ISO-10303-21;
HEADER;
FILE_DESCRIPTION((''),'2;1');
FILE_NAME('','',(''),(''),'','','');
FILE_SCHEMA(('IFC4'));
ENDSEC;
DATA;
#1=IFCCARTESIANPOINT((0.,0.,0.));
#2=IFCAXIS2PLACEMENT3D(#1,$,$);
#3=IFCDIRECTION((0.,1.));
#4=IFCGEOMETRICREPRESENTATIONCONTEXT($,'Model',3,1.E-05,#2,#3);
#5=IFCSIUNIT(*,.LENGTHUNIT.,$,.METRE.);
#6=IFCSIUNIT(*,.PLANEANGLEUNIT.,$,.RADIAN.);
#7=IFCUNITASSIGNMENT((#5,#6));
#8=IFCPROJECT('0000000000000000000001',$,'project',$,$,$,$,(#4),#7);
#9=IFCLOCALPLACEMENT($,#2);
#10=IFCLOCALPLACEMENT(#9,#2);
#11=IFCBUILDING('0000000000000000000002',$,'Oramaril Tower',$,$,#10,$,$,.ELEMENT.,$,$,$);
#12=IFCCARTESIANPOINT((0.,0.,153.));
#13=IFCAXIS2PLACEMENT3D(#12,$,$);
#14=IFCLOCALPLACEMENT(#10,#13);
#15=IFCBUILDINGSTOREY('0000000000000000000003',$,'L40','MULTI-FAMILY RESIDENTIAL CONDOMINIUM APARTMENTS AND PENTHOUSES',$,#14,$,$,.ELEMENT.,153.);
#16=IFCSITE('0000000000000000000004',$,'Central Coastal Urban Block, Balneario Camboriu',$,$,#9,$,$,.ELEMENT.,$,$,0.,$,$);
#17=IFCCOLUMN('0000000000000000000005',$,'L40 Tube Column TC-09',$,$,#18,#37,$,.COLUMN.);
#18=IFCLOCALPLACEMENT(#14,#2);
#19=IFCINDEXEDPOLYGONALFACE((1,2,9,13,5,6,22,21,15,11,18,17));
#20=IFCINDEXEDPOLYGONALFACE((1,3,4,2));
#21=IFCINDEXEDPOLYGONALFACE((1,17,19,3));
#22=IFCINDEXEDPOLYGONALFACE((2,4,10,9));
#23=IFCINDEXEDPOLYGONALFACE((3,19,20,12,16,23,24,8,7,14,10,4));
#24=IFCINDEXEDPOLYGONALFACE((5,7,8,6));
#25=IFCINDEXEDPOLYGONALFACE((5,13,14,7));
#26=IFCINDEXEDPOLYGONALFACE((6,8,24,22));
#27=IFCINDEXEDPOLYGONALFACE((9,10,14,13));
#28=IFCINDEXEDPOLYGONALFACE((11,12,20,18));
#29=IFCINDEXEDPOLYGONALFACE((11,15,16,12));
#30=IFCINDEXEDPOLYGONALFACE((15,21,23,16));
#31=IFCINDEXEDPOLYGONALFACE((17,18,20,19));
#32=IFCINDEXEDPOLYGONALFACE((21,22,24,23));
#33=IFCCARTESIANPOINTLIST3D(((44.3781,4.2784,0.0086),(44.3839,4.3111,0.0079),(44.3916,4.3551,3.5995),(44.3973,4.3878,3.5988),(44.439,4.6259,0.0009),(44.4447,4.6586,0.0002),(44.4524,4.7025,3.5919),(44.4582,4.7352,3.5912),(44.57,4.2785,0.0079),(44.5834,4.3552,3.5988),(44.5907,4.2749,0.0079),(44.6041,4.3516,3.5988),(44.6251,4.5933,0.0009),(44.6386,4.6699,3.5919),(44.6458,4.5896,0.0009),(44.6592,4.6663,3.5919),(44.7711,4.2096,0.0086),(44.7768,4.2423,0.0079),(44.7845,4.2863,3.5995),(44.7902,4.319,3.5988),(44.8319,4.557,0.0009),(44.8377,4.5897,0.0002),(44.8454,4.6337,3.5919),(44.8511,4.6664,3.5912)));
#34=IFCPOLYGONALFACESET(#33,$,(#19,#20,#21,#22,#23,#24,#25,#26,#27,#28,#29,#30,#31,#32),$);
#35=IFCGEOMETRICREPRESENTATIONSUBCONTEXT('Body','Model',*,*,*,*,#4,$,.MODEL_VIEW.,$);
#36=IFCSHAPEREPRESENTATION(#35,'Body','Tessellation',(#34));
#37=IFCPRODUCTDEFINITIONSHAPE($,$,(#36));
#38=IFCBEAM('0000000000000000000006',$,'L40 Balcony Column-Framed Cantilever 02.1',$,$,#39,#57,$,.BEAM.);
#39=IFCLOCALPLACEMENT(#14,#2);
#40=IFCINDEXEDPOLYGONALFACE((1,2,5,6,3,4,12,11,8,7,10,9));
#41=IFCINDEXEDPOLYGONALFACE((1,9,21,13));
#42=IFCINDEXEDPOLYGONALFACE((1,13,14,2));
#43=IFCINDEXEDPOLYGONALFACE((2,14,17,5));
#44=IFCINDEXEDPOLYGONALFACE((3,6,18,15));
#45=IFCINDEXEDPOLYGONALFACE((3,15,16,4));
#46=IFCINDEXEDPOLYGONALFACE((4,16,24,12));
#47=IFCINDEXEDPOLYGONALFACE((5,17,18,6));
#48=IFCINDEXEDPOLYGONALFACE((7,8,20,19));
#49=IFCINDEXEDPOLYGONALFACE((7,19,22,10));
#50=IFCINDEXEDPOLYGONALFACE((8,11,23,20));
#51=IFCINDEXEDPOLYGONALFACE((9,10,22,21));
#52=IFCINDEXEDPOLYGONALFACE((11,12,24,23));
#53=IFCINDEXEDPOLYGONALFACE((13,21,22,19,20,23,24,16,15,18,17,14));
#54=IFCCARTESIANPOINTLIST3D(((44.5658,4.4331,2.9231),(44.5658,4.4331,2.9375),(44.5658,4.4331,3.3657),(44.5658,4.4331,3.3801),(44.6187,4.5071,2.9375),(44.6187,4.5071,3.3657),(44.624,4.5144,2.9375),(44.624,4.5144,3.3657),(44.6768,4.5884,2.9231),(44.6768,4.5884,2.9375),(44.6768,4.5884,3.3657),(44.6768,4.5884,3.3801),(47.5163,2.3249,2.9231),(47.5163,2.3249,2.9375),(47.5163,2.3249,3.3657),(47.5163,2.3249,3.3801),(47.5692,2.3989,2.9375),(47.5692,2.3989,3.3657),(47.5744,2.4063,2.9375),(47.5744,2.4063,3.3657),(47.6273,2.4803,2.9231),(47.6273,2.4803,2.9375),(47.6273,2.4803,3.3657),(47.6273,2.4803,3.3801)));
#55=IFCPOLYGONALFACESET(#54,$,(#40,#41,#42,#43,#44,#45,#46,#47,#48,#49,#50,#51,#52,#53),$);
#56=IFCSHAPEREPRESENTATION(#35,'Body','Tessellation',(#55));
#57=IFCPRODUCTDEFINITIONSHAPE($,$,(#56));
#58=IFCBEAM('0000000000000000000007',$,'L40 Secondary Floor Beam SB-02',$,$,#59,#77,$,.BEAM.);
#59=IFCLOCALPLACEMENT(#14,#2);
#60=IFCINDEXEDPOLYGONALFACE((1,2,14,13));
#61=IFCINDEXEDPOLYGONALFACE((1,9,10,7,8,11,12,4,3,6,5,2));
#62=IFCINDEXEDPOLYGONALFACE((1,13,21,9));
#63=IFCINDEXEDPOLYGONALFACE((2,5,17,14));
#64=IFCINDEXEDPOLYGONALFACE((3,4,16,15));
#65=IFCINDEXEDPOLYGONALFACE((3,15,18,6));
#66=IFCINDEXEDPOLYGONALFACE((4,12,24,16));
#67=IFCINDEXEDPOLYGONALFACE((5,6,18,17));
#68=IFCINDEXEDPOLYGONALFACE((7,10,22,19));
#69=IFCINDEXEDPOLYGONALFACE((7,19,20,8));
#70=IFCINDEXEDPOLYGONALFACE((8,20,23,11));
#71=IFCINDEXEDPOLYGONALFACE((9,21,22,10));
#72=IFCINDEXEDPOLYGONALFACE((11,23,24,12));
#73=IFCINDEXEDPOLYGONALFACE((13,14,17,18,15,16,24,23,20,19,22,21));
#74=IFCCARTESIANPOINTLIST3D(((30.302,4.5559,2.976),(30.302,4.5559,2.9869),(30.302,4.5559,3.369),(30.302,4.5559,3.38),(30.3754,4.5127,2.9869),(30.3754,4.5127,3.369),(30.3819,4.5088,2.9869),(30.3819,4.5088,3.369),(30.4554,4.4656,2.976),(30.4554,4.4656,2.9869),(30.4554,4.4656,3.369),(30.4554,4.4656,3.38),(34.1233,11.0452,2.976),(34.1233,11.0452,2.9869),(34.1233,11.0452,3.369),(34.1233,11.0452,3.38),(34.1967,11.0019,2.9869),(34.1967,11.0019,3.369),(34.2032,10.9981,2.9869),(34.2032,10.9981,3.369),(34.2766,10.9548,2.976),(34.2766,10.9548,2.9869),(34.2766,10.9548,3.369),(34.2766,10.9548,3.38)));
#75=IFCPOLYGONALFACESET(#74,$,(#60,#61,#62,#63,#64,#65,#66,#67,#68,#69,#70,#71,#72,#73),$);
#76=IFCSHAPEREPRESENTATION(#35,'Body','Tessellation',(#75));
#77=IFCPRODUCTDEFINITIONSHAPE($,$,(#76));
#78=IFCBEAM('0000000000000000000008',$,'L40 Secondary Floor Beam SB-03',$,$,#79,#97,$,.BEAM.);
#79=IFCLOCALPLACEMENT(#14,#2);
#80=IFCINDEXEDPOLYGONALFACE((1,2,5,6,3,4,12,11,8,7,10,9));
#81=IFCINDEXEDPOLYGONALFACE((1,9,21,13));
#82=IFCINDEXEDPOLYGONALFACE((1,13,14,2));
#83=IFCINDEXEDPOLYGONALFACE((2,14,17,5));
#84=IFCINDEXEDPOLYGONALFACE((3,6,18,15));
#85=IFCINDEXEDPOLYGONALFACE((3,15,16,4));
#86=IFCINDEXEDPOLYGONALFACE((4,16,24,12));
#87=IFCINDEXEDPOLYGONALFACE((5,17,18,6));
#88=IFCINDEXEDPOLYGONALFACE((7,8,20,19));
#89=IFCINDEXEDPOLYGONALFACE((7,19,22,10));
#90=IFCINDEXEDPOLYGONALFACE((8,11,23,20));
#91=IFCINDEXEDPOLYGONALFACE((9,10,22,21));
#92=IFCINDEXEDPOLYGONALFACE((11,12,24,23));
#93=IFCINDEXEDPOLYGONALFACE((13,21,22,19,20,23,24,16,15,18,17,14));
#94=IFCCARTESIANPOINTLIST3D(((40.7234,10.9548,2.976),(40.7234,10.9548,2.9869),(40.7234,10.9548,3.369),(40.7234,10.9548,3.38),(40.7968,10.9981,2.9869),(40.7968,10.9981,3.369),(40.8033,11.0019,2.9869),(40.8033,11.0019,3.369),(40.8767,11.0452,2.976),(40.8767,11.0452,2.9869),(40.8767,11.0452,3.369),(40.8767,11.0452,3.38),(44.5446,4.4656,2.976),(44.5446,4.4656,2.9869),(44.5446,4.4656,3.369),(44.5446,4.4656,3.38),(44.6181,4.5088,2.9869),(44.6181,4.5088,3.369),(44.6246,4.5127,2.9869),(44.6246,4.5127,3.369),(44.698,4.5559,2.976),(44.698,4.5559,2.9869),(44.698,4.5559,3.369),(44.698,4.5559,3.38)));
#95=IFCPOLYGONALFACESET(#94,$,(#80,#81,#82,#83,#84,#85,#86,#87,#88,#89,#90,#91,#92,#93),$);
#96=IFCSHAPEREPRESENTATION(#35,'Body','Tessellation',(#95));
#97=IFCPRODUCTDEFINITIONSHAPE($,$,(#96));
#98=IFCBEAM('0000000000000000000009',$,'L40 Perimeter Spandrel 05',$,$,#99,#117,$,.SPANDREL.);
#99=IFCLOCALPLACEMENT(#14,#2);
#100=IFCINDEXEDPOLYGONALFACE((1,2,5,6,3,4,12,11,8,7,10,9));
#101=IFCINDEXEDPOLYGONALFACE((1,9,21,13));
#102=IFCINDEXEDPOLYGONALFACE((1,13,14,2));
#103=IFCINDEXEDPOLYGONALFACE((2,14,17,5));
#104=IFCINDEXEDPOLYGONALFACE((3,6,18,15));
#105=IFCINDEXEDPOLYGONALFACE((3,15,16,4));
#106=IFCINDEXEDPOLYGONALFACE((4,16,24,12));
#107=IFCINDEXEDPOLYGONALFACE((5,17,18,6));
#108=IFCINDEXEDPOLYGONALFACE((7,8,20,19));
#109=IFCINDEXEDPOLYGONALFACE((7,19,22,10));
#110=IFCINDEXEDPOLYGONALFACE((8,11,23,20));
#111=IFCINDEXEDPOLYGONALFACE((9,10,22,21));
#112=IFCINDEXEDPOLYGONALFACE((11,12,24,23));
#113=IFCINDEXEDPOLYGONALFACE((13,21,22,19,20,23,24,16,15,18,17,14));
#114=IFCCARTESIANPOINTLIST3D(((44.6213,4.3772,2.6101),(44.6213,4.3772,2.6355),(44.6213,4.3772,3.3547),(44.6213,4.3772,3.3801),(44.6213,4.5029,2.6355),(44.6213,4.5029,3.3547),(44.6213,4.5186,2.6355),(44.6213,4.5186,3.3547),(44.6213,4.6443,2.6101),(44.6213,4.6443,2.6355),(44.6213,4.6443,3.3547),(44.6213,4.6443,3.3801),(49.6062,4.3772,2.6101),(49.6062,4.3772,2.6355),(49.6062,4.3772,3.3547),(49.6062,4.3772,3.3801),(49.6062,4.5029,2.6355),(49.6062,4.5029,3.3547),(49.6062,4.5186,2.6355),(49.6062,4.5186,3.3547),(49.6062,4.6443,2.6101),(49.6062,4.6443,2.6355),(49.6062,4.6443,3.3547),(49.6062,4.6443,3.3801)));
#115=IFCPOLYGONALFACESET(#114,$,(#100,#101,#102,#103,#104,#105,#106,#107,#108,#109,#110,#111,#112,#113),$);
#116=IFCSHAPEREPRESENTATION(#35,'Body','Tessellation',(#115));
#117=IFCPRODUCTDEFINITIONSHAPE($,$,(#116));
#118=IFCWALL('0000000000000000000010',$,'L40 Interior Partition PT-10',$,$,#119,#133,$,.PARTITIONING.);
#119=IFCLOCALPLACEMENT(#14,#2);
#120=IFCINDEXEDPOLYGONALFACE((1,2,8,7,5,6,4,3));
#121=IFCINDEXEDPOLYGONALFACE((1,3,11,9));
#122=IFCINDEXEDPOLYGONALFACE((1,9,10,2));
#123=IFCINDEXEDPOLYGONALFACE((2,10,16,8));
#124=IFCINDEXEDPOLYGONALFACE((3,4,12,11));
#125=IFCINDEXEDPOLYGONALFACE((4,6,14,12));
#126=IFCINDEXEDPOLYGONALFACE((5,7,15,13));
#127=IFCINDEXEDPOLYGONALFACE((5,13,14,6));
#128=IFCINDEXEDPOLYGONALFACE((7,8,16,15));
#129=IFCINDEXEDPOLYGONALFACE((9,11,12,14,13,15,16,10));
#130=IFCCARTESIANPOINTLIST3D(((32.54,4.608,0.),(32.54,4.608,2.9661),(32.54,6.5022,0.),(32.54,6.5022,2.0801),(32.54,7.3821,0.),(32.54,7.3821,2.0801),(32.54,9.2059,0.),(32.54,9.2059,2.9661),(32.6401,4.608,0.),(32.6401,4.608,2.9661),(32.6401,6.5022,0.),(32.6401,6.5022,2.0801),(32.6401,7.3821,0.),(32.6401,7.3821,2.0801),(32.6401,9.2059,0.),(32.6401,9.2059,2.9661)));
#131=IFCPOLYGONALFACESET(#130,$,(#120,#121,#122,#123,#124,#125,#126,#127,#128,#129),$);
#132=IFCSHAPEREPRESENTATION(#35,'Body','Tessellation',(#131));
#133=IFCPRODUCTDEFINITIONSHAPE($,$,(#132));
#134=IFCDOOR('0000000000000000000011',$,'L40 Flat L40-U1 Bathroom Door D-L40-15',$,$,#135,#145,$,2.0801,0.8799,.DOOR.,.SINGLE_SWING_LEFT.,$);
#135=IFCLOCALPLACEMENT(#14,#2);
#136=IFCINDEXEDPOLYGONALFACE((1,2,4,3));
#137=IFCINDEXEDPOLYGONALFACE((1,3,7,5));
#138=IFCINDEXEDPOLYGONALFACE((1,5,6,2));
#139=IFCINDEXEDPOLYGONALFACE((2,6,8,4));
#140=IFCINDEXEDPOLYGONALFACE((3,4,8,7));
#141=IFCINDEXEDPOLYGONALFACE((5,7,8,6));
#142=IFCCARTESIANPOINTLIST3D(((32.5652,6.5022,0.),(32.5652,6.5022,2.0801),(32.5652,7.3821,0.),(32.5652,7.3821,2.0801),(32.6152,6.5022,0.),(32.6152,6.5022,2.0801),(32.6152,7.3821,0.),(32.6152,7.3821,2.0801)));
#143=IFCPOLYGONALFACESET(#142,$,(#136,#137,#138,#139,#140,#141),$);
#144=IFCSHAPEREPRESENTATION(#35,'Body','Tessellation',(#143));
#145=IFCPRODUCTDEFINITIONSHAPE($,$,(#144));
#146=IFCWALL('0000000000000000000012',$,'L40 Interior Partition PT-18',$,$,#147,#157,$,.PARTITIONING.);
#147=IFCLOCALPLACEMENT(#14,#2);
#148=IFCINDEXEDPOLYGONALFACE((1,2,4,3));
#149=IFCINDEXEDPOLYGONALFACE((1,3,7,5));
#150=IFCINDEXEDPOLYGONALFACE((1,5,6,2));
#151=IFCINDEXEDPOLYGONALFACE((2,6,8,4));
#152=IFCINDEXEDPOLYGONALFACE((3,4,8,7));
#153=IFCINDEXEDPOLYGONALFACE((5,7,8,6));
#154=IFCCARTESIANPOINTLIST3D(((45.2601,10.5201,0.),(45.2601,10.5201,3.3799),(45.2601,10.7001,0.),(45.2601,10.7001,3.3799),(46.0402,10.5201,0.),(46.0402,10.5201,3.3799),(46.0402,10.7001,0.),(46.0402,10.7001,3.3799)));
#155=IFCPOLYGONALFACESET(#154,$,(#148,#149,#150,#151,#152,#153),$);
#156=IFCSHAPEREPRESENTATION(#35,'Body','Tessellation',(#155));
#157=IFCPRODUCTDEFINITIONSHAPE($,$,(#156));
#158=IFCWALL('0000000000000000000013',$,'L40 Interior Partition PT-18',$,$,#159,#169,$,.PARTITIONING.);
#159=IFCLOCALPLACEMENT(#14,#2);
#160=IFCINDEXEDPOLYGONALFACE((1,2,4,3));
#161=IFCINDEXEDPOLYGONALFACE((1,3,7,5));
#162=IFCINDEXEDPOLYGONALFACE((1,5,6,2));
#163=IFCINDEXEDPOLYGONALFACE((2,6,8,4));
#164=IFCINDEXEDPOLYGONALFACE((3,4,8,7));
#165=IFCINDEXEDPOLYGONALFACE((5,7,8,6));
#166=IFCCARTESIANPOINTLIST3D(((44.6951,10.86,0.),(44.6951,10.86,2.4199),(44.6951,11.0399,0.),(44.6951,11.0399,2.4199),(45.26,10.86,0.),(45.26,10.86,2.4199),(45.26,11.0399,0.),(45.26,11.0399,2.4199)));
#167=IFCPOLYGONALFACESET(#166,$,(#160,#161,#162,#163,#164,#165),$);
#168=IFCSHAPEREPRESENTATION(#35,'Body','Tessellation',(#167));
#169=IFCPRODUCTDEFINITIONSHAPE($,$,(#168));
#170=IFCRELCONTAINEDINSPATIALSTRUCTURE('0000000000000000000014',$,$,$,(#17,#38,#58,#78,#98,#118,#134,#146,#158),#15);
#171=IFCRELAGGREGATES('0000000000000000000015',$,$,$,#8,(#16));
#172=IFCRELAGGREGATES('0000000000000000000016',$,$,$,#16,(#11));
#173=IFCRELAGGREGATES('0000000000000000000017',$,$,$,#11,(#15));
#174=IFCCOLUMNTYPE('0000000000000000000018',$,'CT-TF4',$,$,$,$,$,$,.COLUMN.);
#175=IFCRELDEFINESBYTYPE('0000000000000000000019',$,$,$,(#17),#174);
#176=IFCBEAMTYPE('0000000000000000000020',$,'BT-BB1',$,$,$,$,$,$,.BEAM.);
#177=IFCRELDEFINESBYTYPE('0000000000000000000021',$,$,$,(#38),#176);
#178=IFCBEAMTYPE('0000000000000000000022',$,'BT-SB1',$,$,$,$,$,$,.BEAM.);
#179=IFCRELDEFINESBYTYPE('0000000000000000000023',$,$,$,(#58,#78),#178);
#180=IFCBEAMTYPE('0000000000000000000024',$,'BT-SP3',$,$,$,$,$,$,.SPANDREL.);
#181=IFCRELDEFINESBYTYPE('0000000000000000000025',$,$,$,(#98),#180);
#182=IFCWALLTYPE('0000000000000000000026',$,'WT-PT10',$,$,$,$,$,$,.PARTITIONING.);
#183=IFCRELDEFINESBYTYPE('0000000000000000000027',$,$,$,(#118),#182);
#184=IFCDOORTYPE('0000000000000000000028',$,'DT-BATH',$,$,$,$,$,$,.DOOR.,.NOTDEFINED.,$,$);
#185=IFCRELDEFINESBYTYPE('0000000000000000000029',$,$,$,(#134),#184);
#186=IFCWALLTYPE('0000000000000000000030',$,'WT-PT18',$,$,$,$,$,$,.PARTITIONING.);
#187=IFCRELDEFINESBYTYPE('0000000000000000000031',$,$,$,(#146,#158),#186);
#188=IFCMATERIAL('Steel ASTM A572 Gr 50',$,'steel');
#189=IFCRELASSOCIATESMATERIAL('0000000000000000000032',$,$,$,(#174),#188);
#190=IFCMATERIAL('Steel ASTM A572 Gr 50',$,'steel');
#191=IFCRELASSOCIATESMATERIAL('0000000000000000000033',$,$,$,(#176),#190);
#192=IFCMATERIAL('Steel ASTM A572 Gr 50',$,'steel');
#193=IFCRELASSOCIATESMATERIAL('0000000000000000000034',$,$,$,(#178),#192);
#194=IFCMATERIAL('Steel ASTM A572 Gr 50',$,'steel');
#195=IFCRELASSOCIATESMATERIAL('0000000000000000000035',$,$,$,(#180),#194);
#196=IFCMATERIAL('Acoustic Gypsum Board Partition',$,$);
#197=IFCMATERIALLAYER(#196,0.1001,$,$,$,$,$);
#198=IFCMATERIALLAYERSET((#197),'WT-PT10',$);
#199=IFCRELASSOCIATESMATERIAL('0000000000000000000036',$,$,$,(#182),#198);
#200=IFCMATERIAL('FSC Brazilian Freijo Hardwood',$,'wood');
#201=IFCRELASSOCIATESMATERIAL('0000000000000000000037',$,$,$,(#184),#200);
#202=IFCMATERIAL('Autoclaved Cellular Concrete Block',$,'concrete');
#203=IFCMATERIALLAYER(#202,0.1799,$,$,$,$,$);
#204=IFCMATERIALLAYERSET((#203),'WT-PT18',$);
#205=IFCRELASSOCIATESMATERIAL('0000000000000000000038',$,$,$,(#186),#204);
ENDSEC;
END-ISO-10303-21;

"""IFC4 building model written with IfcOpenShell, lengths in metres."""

from ifc_helpers import new_model, si_unit, direction, frame, frame_2d, origin, origin_2d, place, context, subcontext, project, spatial, rectangle, i_section, extrude, material, layer, layer_set, material_profile, profile_set, type_object, element, fill, save


model = new_model("IFC4")

# Units and contexts
model_context = context("Model", 3, precision=1e-05, world=origin(), true_north=direction((0.0, 1.0)))
body_context = subcontext(model_context, "Body", "Model", "MODEL_VIEW")
ifc_project = project(units=[si_unit("LENGTHUNIT", "METRE"), si_unit("PLANEANGLEUNIT", "RADIAN")], contexts=[model_context])

# Site, building, storey
site_placement = place(None, origin())
site = spatial("IfcSite", under=ifc_project, at=site_placement, Name="Central Coastal Urban Block, Balneario Camboriu", CompositionType="ELEMENT", RefElevation=0.0)
building_placement = place(site_placement, origin())
building = spatial("IfcBuilding", under=site, at=building_placement, Name="Oramaril Tower", CompositionType="ELEMENT")
storey_placement = place(building_placement, frame((0.0, 0.0, 153.0)))
storey = spatial("IfcBuildingStorey", under=building, at=storey_placement, Name="L40", Description="MULTI-FAMILY RESIDENTIAL CONDOMINIUM APARTMENTS AND PENTHOUSES", CompositionType="ELEMENT", Elevation=153.0)

# Column
ifc_material_1 = material(Name="Steel ASTM A572 Gr 50", Category="steel")
ifc_material_profile_1 = material_profile(ifc_material_1, i_section(OverallWidth=0.3989, OverallDepth=0.386, WebThickness=0.021, FlangeThickness=0.0332, at=origin_2d()), Name="W14X176")
ifc_profile_set_1 = profile_set([ifc_material_profile_1], Name="Steel ASTM A572 Gr 50")
column_type = type_object("IfcColumnType", Name="CT-TF4", PredefinedType="COLUMN", material=ifc_profile_set_1)
column_placement = place(storey_placement, frame((44.6079, 4.4341, 0.0044), z_axis=(0.003738, 0.021342, 0.999765), x_axis=(-0.985004, 0.172533, 0.0)))
element("IfcColumn", 1, at=column_placement, inside=storey, type_object=column_type, Name="L40 Tube Column TC-09", PredefinedType="COLUMN", context=body_context, shape_type="SweptSolid", body=[
    extrude(i_section(OverallWidth=0.3989, OverallDepth=0.386, WebThickness=0.021, FlangeThickness=0.0332, at=origin_2d()), origin(), (0.0, 0.0, 1.0), 3.5918),
])

# Beams
ifc_material_2 = material(Name="Steel ASTM A572 Gr 50", Category="steel")
ifc_material_profile_2 = material_profile(ifc_material_2, i_section(OverallWidth=0.1909, OverallDepth=0.457, WebThickness=0.009, FlangeThickness=0.0144, at=origin_2d()), Name="W18X50")
ifc_profile_set_2 = profile_set([ifc_material_profile_2], Name="Steel ASTM A572 Gr 50")
beam_type_1 = type_object("IfcBeamType", Name="BT-BB1", PredefinedType="BEAM", material=ifc_profile_set_2)
beam_1_placement = place(storey_placement, frame((44.6213, 4.5107, 3.1516), z_axis=(0.813642, -0.581366, 0.0), x_axis=(0.581366, 0.813642, 0.0)))
element("IfcBeam", 2, at=beam_1_placement, inside=storey, type_object=beam_type_1, Name="L40 Balcony Column-Framed Cantilever 02.1", PredefinedType="BEAM", context=body_context, shape_type="SweptSolid", body=[
    extrude(i_section(OverallWidth=0.1909, OverallDepth=0.457, WebThickness=0.009, FlangeThickness=0.0144, at=origin_2d()), origin(), (0.0, 0.0, 1.0), 3.6262),
])
ifc_material_3 = material(Name="Steel ASTM A572 Gr 50", Category="steel")
ifc_material_profile_3 = material_profile(ifc_material_3, i_section(OverallWidth=0.178, OverallDepth=0.4041, WebThickness=0.0076, FlangeThickness=0.011, at=origin_2d()), Name="W16X36")
ifc_profile_set_3 = profile_set([ifc_material_profile_3], Name="Steel ASTM A572 Gr 50")
beam_type_2 = type_object("IfcBeamType", Name="BT-SB1", PredefinedType="BEAM", material=ifc_profile_set_3)
for number, where, z_axis, x_axis, name in (
    (3, (34.2, 11.0, 3.178), (-0.507422, -0.861697, 0.0), (0.861697, -0.507422, 0.0), "L40 Secondary Floor Beam SB-02"),
    (4, (40.8, 11.0, 3.178), (0.507422, -0.861697, 0.0), (0.861697, 0.507422, 0.0), "L40 Secondary Floor Beam SB-03"),
):
    element("IfcBeam", number, at=place(storey_placement, frame(where, z_axis=z_axis, x_axis=x_axis)), inside=storey, type_object=beam_type_2, Name=name, PredefinedType="BEAM", context=body_context, shape_type="SweptSolid", body=[
        extrude(i_section(OverallWidth=0.178, OverallDepth=0.4041, WebThickness=0.0076, FlangeThickness=0.011, at=origin_2d()), origin(), (0.0, 0.0, 1.0), 7.5308),
    ])
ifc_material_4 = material(Name="Steel ASTM A572 Gr 50", Category="steel")
ifc_material_profile_4 = material_profile(ifc_material_4, i_section(OverallWidth=0.2671, OverallDepth=0.77, WebThickness=0.0156, FlangeThickness=0.0254, at=origin_2d()), Name="W30X132")
ifc_profile_set_4 = profile_set([ifc_material_profile_4], Name="Steel ASTM A572 Gr 50")
beam_type_3 = type_object("IfcBeamType", Name="BT-SP3", PredefinedType="SPANDREL", material=ifc_profile_set_4)
beam_2_placement = place(storey_placement, frame((44.6213, 4.5107, 2.9951), z_axis=(1.0, 0.0, 0.0), x_axis=(0.0, 1.0, 0.0)))
element("IfcBeam", 5, at=beam_2_placement, inside=storey, type_object=beam_type_3, Name="L40 Perimeter Spandrel 05", PredefinedType="SPANDREL", context=body_context, shape_type="SweptSolid", body=[
    extrude(i_section(OverallWidth=0.2671, OverallDepth=0.77, WebThickness=0.0156, FlangeThickness=0.0254, at=origin_2d()), origin(), (0.0, 0.0, 1.0), 4.9849),
])

# Wall, opening, door
ifc_material_5 = material(Name="Acoustic Gypsum Board Partition")
ifc_layer_1 = layer(ifc_material_5, 0.1001)
ifc_layer_set_1 = layer_set([ifc_layer_1], Name="WT-PT10")
wall_type_1 = type_object("IfcWallType", Name="WT-PT10", PredefinedType="PARTITIONING", material=ifc_layer_set_1)
wall_1_placement = place(storey_placement, frame((32.5901, 4.6082, 0.0), z_axis=(0.0, 0.0, 1.0), x_axis=(0.0, 1.0, 0.0)))
wall_1 = element("IfcWall", 6, at=wall_1_placement, inside=storey, type_object=wall_type_1, Name="L40 Interior Partition PT-10", PredefinedType="PARTITIONING", context=body_context, shape_type="SweptSolid", body=[
    extrude(rectangle(XDim=4.5979, YDim=0.1001, at=frame_2d((2.2988, 0.0))), origin(), (0.0, 0.0, 1.0), 2.9661),
])
opening_placement = place(wall_1_placement, frame((1.894, 0.0, 0.0)))
opening = element("IfcOpeningElement", 7, at=opening_placement, cuts=wall_1, PredefinedType="OPENING", context=body_context, shape_type="SweptSolid", body=[
    extrude(rectangle(XDim=0.8799, YDim=2.0801, at=frame_2d((0.4399, 1.04))), frame((0.0, 0.05, 0.0), z_axis=(0.0, -1.0, 0.0), x_axis=(1.0, 0.0, 0.0)), (0.0, 0.0, 1.0), 0.1001),
])
ifc_material_6 = material(Name="FSC Brazilian Freijo Hardwood", Category="wood")
door_type = type_object("IfcDoorType", Name="DT-BATH", OperationType="NOTDEFINED", PredefinedType="DOOR", material=ifc_material_6)
door_placement = place(opening_placement, origin())
door = element("IfcDoor", 8, at=door_placement, inside=storey, type_object=door_type, Name="L40 Flat L40-U1 Bathroom Door D-L40-15", OperationType="SINGLE_SWING_LEFT", OverallHeight=2.0801, OverallWidth=0.8799, PredefinedType="DOOR", context=body_context, shape_type="SweptSolid", body=[
    extrude(rectangle(XDim=0.8799, YDim=2.0801, at=frame_2d((0.4399, 1.04))), frame((0.0, 0.0249, 0.0), z_axis=(0.0, -1.0, 0.0), x_axis=(1.0, 0.0, 0.0)), (0.0, 0.0, 1.0), 0.05),
])
fill(opening, door)

# Walls
ifc_material_7 = material(Name="Autoclaved Cellular Concrete Block", Category="concrete")
ifc_layer_2 = layer(ifc_material_7, 0.1799)
ifc_layer_set_2 = layer_set([ifc_layer_2], Name="WT-PT18")
wall_type_2 = type_object("IfcWallType", Name="WT-PT18", PredefinedType="PARTITIONING", material=ifc_layer_set_2)
wall_2_placement = place(storey_placement, frame((45.26, 10.6101, 0.0), z_axis=(0.0, 0.0, 1.0), x_axis=(1.0, 0.0, 0.0)))
element("IfcWall", 9, at=wall_2_placement, inside=storey, type_object=wall_type_2, Name="L40 Interior Partition PT-18", PredefinedType="PARTITIONING", context=body_context, shape_type="SweptSolid", body=[
    extrude(rectangle(XDim=0.78, YDim=0.1799, at=frame_2d((0.3901, 0.0))), origin(), (0.0, 0.0, 1.0), 3.3799),
])
wall_3_placement = place(storey_placement, frame((44.6951, 10.95, 0.0), z_axis=(0.0, 0.0, 1.0), x_axis=(1.0, 0.0, 0.0)))
element("IfcWall", 10, at=wall_3_placement, inside=storey, type_object=wall_type_2, Name="L40 Interior Partition PT-18", PredefinedType="PARTITIONING", context=body_context, shape_type="SweptSolid", body=[
    extrude(rectangle(XDim=0.5649, YDim=0.1799, at=frame_2d((0.2825, 0.0))), origin(), (0.0, 0.0, 1.0), 2.4199),
])

save(model, "model.ifc")
